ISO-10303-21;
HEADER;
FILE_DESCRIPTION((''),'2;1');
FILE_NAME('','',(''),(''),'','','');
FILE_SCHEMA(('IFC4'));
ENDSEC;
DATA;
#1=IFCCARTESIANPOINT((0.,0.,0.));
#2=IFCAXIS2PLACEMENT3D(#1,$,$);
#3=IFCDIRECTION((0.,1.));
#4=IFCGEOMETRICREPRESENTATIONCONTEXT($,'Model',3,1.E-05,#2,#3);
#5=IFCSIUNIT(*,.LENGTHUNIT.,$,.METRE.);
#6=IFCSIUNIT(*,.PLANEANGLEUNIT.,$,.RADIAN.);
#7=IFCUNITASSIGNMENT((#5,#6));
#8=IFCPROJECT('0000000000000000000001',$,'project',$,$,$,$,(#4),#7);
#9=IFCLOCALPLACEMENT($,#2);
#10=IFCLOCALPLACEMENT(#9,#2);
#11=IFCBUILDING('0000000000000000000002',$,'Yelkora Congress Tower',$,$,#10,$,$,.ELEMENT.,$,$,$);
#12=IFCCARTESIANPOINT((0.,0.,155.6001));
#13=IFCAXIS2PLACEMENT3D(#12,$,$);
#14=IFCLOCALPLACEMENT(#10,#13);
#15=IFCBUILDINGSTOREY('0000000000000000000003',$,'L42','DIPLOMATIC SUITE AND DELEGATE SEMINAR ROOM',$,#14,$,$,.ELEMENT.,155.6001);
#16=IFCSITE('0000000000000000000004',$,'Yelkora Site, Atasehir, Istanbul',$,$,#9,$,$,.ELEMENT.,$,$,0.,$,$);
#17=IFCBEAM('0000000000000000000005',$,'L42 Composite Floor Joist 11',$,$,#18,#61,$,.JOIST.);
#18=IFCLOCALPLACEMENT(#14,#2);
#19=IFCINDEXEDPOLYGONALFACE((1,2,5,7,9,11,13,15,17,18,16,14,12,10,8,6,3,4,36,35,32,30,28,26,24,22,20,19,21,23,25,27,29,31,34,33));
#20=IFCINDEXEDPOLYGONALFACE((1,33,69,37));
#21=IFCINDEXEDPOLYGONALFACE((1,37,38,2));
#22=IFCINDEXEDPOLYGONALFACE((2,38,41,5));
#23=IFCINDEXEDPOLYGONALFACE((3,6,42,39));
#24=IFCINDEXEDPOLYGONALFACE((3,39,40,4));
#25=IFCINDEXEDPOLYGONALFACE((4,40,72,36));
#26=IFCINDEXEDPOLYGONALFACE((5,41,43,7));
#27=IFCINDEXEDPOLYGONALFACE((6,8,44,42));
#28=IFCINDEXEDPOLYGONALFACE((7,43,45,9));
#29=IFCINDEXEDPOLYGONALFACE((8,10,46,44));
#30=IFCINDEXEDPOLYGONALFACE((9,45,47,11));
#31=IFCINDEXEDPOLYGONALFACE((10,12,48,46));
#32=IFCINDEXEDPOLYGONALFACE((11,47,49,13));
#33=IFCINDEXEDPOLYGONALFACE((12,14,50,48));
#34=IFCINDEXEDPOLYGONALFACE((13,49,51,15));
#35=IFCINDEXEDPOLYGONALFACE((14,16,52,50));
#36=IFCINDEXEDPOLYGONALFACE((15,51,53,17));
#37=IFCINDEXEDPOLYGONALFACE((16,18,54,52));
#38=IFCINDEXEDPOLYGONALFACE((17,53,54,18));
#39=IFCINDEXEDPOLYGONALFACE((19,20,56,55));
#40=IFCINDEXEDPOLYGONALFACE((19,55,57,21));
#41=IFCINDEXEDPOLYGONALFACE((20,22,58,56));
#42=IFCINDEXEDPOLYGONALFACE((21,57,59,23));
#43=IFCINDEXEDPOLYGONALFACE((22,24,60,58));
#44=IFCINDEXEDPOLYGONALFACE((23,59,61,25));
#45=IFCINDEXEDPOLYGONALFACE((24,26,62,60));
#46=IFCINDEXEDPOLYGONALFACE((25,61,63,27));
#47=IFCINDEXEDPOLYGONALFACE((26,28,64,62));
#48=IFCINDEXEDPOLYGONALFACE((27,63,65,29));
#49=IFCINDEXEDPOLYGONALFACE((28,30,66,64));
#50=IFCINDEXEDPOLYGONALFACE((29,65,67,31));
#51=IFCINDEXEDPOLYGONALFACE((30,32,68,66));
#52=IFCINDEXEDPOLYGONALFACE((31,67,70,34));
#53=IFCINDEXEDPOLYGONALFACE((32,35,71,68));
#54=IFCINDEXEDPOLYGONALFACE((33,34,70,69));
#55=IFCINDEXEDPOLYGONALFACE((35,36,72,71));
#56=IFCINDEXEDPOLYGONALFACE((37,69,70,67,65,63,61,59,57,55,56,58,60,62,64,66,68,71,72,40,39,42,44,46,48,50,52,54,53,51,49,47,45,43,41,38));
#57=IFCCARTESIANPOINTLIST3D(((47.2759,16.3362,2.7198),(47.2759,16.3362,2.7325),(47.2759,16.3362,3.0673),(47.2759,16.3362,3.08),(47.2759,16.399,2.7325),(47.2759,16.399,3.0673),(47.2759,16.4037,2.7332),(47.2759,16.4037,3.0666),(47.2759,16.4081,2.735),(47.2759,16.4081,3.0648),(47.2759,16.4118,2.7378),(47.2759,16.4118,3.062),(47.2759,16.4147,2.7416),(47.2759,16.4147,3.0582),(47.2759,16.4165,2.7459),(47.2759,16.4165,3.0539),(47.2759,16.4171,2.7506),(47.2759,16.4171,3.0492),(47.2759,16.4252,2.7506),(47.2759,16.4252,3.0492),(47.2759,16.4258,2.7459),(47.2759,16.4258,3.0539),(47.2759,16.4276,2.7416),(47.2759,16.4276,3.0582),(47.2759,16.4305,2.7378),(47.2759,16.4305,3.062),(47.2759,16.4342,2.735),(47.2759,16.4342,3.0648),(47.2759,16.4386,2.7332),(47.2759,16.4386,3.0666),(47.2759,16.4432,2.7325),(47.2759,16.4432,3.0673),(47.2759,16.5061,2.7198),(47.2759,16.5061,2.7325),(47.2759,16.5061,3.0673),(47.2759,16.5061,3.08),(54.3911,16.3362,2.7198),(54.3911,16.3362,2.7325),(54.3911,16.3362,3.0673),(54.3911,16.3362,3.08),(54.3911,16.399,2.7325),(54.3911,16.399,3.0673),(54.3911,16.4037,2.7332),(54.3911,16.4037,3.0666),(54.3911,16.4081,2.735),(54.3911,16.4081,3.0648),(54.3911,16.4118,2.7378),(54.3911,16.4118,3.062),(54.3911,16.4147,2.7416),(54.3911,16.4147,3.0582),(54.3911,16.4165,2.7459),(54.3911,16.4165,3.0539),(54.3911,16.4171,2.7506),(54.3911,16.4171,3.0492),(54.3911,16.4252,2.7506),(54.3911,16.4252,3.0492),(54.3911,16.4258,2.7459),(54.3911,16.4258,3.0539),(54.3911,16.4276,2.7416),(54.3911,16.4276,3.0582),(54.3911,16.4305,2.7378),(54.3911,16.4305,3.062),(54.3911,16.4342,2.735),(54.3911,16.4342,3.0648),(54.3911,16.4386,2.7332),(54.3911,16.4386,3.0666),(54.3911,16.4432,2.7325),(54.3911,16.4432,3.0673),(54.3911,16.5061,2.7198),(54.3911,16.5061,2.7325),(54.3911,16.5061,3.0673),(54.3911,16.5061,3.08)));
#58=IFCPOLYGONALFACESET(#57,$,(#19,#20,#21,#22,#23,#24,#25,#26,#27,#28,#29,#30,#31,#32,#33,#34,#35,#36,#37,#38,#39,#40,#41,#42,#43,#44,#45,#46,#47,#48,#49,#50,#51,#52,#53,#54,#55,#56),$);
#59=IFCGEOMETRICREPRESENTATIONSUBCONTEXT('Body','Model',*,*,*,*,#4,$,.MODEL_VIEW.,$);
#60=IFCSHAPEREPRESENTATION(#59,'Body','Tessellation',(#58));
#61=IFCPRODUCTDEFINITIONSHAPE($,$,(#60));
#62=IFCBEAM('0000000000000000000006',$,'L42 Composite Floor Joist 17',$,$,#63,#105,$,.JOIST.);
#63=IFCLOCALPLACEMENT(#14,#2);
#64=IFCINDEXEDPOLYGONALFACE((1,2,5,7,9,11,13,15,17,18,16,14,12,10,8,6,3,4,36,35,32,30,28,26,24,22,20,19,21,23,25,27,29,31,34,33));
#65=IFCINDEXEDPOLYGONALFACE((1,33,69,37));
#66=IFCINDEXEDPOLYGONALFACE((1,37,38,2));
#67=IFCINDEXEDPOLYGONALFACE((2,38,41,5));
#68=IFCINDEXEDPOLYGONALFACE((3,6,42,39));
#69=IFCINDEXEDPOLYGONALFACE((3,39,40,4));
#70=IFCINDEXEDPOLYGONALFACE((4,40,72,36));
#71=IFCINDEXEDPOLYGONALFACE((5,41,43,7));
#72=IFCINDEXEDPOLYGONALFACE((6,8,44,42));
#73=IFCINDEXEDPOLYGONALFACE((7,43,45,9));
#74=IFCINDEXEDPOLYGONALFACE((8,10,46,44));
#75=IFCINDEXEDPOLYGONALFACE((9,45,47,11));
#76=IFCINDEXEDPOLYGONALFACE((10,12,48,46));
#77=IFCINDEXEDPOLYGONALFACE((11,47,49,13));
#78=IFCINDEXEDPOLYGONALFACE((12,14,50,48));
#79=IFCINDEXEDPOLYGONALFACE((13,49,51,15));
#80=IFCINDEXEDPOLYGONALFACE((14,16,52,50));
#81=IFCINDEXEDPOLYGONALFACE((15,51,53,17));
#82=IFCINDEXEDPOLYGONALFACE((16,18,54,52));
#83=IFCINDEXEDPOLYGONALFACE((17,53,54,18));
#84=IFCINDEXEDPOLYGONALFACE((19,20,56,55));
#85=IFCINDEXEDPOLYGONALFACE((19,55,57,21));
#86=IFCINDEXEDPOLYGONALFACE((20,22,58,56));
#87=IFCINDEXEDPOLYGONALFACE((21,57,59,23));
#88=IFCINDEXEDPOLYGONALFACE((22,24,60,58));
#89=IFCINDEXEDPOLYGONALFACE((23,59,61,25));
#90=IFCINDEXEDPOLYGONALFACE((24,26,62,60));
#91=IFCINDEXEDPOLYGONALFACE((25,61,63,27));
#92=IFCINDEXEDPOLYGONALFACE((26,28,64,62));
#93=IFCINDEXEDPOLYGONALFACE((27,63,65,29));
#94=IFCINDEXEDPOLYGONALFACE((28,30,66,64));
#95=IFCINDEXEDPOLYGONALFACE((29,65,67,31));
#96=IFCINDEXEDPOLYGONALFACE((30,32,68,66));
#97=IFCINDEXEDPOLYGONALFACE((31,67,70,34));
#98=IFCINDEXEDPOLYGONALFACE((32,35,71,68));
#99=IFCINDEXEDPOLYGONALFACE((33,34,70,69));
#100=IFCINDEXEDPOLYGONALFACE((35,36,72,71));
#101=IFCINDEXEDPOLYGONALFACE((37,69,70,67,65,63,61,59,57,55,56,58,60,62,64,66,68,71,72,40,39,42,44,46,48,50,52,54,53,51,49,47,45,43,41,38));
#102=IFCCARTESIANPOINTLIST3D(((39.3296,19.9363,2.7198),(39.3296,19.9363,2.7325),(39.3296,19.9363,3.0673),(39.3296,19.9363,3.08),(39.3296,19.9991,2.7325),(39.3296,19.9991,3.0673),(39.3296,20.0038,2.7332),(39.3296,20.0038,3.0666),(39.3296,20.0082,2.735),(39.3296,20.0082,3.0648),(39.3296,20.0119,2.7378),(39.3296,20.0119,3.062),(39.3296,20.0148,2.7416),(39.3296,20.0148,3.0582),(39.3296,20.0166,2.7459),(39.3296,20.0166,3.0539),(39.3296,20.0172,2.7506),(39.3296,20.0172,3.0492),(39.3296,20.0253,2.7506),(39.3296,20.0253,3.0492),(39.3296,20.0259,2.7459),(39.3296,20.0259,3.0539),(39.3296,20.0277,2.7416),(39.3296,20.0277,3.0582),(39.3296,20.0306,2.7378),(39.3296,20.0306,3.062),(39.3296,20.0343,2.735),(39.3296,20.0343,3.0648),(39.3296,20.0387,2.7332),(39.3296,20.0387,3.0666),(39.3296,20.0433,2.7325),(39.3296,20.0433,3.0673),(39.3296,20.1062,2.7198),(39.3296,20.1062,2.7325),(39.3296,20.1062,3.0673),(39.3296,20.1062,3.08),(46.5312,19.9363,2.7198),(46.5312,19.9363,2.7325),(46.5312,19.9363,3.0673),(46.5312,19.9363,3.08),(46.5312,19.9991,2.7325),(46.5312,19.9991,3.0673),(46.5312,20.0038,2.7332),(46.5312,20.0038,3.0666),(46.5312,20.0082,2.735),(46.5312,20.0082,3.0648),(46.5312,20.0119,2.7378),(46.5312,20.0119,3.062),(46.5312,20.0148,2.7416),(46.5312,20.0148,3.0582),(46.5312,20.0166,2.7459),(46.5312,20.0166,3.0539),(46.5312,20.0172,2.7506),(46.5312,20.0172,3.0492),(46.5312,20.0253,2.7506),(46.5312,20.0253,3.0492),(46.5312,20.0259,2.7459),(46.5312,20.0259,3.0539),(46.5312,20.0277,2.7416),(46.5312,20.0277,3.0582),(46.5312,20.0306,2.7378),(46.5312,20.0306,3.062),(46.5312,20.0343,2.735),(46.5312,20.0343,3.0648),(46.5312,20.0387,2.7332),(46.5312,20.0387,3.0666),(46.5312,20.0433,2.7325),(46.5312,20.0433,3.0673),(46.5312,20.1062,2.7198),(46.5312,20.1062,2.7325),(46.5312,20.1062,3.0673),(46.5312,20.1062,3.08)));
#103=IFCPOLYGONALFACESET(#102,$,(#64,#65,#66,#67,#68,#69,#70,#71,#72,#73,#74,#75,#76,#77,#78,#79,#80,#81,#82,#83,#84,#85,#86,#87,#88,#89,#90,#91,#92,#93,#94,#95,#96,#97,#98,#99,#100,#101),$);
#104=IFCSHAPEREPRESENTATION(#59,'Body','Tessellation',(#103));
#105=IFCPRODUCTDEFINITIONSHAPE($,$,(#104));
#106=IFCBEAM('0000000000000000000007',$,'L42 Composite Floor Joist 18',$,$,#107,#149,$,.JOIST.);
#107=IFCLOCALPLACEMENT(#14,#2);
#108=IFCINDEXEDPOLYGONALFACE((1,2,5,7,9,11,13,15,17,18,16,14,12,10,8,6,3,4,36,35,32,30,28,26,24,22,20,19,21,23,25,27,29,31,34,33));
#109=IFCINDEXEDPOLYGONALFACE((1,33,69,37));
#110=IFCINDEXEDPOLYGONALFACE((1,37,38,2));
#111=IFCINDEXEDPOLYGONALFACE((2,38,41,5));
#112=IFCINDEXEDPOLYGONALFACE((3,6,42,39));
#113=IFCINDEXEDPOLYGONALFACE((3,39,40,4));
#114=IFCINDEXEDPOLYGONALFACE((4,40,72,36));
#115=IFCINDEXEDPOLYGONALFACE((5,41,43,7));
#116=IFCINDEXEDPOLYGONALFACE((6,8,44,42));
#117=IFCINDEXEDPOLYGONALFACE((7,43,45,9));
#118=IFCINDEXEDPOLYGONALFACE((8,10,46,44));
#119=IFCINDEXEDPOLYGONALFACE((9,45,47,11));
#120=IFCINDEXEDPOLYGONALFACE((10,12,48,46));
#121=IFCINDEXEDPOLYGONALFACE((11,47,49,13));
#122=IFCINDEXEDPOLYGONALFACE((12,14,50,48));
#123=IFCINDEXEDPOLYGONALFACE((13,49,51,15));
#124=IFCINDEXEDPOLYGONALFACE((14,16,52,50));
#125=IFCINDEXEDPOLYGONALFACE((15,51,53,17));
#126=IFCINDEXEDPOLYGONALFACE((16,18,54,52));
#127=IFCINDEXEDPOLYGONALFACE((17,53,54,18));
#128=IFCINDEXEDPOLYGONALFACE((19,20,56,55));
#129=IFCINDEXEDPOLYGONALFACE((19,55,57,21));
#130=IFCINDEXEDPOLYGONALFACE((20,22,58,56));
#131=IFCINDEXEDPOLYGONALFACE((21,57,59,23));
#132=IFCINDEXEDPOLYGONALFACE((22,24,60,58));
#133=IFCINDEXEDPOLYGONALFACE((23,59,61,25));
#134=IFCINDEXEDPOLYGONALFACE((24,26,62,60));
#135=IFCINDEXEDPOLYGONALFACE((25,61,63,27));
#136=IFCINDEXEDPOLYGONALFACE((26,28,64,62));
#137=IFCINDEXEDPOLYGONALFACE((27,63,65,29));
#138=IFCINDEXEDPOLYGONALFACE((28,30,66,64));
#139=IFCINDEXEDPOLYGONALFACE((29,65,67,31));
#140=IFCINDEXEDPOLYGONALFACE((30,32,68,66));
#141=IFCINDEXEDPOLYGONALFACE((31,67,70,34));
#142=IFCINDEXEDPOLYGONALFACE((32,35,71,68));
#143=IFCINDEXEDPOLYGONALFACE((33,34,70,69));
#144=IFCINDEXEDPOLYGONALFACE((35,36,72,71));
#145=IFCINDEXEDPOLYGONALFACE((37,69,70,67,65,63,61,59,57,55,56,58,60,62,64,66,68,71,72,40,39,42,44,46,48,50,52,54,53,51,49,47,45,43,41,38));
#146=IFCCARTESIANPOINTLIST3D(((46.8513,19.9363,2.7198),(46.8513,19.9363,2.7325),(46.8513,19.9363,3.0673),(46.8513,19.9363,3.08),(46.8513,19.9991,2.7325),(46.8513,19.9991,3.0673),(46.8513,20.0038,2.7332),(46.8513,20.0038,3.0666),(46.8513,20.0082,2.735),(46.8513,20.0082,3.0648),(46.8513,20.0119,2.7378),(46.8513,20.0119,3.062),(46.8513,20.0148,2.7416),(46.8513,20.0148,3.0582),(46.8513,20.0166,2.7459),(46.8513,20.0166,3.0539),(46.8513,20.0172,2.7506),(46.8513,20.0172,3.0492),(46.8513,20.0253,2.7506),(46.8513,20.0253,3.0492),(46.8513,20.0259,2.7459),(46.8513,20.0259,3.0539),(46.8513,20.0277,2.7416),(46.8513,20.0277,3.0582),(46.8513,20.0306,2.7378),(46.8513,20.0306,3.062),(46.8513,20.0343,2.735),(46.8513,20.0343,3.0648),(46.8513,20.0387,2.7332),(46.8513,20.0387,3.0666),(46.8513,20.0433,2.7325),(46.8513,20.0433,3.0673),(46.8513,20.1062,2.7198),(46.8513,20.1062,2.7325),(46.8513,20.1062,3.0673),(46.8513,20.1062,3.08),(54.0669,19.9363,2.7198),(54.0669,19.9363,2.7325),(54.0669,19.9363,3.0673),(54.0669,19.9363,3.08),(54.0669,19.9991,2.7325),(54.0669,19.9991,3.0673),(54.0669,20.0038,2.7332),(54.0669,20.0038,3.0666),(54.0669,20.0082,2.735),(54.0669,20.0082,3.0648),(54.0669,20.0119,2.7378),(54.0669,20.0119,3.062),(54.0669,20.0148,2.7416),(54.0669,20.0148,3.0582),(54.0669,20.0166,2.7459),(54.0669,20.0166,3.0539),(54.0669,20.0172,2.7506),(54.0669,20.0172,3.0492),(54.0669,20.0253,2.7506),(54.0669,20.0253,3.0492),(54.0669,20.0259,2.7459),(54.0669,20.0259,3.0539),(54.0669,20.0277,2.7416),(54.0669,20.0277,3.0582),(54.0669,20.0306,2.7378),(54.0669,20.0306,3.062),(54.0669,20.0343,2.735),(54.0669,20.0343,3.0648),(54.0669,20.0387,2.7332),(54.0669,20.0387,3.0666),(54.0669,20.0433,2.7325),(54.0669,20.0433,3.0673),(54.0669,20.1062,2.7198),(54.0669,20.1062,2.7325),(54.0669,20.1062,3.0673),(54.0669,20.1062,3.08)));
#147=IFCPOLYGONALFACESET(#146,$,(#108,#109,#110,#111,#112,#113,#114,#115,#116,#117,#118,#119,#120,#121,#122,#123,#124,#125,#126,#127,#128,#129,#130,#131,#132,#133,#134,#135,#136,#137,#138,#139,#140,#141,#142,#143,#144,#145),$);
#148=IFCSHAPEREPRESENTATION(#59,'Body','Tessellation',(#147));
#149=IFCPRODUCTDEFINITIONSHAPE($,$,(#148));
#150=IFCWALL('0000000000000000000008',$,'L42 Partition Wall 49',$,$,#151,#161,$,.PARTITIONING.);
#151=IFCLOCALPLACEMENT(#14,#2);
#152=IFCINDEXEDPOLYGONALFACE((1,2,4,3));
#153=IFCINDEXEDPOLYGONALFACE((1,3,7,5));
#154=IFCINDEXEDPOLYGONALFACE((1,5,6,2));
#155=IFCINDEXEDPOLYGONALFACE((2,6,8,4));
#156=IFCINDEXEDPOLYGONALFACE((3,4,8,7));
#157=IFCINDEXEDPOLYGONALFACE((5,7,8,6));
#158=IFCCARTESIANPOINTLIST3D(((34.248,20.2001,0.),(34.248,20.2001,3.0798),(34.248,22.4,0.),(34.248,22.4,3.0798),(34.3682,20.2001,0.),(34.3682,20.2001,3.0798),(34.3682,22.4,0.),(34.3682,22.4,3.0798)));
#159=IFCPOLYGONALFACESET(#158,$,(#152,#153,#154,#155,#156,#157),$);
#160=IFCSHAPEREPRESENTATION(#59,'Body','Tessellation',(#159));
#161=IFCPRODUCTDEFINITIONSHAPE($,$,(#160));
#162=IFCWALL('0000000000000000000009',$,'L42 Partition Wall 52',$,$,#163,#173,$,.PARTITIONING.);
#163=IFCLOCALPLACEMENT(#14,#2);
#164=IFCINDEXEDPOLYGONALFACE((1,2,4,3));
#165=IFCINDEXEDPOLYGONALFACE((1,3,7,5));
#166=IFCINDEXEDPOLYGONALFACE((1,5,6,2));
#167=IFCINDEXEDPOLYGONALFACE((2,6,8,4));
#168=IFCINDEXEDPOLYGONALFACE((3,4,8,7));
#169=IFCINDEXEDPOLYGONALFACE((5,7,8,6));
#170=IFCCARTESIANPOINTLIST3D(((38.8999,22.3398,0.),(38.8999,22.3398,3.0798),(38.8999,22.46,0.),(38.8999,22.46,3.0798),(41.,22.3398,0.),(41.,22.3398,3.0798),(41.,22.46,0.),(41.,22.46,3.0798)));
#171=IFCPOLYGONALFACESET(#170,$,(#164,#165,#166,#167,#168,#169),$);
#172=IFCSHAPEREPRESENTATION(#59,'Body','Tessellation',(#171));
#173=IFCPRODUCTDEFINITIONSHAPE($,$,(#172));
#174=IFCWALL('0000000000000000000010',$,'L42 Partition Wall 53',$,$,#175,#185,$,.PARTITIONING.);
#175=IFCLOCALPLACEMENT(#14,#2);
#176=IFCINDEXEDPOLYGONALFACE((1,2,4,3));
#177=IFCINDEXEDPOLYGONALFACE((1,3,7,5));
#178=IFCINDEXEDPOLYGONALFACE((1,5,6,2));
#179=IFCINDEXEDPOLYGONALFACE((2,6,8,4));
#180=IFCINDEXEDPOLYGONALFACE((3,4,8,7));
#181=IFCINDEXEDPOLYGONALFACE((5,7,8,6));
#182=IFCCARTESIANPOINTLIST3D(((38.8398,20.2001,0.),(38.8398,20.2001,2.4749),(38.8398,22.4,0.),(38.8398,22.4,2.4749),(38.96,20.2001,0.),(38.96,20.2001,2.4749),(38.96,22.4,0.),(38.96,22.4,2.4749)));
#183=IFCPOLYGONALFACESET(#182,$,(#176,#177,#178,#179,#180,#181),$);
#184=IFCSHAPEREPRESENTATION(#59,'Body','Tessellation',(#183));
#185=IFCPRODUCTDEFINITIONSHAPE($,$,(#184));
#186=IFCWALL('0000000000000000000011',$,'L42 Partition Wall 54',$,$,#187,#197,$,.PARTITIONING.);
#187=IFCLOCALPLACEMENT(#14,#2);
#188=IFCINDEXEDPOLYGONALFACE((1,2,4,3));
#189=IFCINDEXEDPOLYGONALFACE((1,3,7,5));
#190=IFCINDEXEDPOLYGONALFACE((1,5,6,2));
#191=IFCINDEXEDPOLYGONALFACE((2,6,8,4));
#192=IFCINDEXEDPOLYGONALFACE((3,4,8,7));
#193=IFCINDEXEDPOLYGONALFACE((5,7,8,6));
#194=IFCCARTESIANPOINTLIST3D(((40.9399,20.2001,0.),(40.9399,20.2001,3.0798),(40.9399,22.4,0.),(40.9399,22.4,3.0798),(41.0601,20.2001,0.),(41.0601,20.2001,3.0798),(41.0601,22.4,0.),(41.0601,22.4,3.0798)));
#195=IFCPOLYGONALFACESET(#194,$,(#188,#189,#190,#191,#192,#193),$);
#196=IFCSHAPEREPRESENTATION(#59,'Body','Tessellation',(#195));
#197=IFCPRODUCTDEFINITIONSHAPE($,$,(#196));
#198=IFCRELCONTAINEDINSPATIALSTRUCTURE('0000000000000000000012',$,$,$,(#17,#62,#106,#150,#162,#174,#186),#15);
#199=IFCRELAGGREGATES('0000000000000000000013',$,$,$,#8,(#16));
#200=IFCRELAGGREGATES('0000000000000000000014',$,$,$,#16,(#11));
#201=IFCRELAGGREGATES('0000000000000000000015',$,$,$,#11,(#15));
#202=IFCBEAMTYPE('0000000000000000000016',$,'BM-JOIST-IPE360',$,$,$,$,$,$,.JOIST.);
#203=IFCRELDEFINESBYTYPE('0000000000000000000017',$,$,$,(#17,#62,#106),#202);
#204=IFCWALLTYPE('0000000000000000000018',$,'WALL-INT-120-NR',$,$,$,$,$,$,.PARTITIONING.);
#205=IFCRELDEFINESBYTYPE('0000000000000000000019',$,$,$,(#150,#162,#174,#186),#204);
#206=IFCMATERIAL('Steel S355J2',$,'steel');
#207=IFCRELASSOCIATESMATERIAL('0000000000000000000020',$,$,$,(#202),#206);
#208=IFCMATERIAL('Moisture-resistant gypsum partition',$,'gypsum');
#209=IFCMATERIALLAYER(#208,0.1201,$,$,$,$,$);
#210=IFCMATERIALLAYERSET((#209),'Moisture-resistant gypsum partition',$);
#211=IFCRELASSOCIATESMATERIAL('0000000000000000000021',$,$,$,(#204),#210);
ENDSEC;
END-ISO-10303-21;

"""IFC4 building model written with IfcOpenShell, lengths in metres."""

from ifc_helpers import new_model, si_unit, direction, frame, frame_2d, origin, origin_2d, place, context, subcontext, project, spatial, rectangle, i_section, extrude, material, layer, layer_set, material_profile, profile_set, type_object, element, save


model = new_model("IFC4")

# Units and contexts
model_context = context("Model", 3, precision=1e-05, world=origin(), true_north=direction((0.0, 1.0)))
body_context = subcontext(model_context, "Body", "Model", "MODEL_VIEW")
ifc_project = project(units=[si_unit("LENGTHUNIT", "METRE"), si_unit("PLANEANGLEUNIT", "RADIAN")], contexts=[model_context])

# Site, building, storey
site_placement = place(None, origin())
site = spatial("IfcSite", under=ifc_project, at=site_placement, Name="Yelkora Site, Atasehir, Istanbul", CompositionType="ELEMENT", RefElevation=0.0)
building_placement = place(site_placement, origin())
building = spatial("IfcBuilding", under=site, at=building_placement, Name="Yelkora Congress Tower", CompositionType="ELEMENT")
storey_placement = place(building_placement, frame((0.0, 0.0, 155.6001)))
storey = spatial("IfcBuildingStorey", under=building, at=storey_placement, Name="L42", Description="DIPLOMATIC SUITE AND DELEGATE SEMINAR ROOM", CompositionType="ELEMENT", Elevation=155.6001)

# Beams
ifc_material_1 = material(Name="Steel S355J2", Category="steel")
ifc_material_profile_1 = material_profile(ifc_material_1, i_section(OverallWidth=0.1699, OverallDepth=0.3601, WebThickness=0.0081, FlangeThickness=0.0127, FilletRadius=0.0181, at=origin_2d()), Name="IPE 360")
ifc_profile_set_1 = profile_set([ifc_material_profile_1], Name="Steel S355J2")
beam_type_1 = type_object("IfcBeamType", Name="BM-JOIST-IPE360", PredefinedType="JOIST", material=ifc_profile_set_1)
beam_1_placement = place(storey_placement, frame((47.2759, 16.4211, 2.8999), z_axis=(1.0, 0.0, 0.0), x_axis=(0.0, 1.0, 0.0)))
element("IfcBeam", 1, at=beam_1_placement, inside=storey, type_object=beam_type_1, Name="L42 Composite Floor Joist 11", PredefinedType="JOIST", context=body_context, shape_type="SweptSolid", body=[
    extrude(i_section(OverallWidth=0.1699, OverallDepth=0.3601, WebThickness=0.0081, FlangeThickness=0.0127, FilletRadius=0.0181, at=origin_2d()), origin(), (0.0, 0.0, 1.0), 7.1152),
])
beam_2_placement = place(storey_placement, frame((39.3296, 20.0212, 2.8999), z_axis=(1.0, 0.0, 0.0), x_axis=(0.0, 1.0, 0.0)))
element("IfcBeam", 2, at=beam_2_placement, inside=storey, type_object=beam_type_1, Name="L42 Composite Floor Joist 17", PredefinedType="JOIST", context=body_context, shape_type="SweptSolid", body=[
    extrude(i_section(OverallWidth=0.1699, OverallDepth=0.3601, WebThickness=0.0081, FlangeThickness=0.0127, FilletRadius=0.0181, at=origin_2d()), origin(), (0.0, 0.0, 1.0), 7.2017),
])
beam_3_placement = place(storey_placement, frame((46.8513, 20.0212, 2.8999), z_axis=(1.0, 0.0, 0.0), x_axis=(0.0, 1.0, 0.0)))
element("IfcBeam", 3, at=beam_3_placement, inside=storey, type_object=beam_type_1, Name="L42 Composite Floor Joist 18", PredefinedType="JOIST", context=body_context, shape_type="SweptSolid", body=[
    extrude(i_section(OverallWidth=0.1699, OverallDepth=0.3601, WebThickness=0.0081, FlangeThickness=0.0127, FilletRadius=0.0181, at=origin_2d()), origin(), (0.0, 0.0, 1.0), 7.2156),
])

# Walls
ifc_material_2 = material(Name="Moisture-resistant gypsum partition", Category="gypsum")
ifc_layer_1 = layer(ifc_material_2, 0.1201)
ifc_layer_set_1 = layer_set([ifc_layer_1], Name="Moisture-resistant gypsum partition")
wall_type_1 = type_object("IfcWallType", Name="WALL-INT-120-NR", PredefinedType="PARTITIONING", material=ifc_layer_set_1)
wall_1_placement = place(storey_placement, frame((34.3081, 20.2, 0.0), z_axis=(0.0, 0.0, 1.0), x_axis=(0.0, 1.0, 0.0)))
element("IfcWall", 4, at=wall_1_placement, inside=storey, type_object=wall_type_1, Name="L42 Partition Wall 49", PredefinedType="PARTITIONING", context=body_context, shape_type="SweptSolid", body=[
    extrude(rectangle(XDim=2.2, YDim=0.1201, at=frame_2d((1.1001, 0.0))), origin(), (0.0, 0.0, 1.0), 3.0798),
])
wall_2_placement = place(storey_placement, frame((38.8999, 22.3999, 0.0), z_axis=(0.0, 0.0, 1.0), x_axis=(1.0, 0.0, 0.0)))
element("IfcWall", 5, at=wall_2_placement, inside=storey, type_object=wall_type_1, Name="L42 Partition Wall 52", PredefinedType="PARTITIONING", context=body_context, shape_type="SweptSolid", body=[
    extrude(rectangle(XDim=2.1001, YDim=0.1201, at=frame_2d((1.05, 0.0))), origin(), (0.0, 0.0, 1.0), 3.0798),
])
wall_3_placement = place(storey_placement, frame((38.8999, 20.2, 0.0), z_axis=(0.0, 0.0, 1.0), x_axis=(0.0, 1.0, 0.0)))
element("IfcWall", 6, at=wall_3_placement, inside=storey, type_object=wall_type_1, Name="L42 Partition Wall 53", PredefinedType="PARTITIONING", context=body_context, shape_type="SweptSolid", body=[
    extrude(rectangle(XDim=2.2, YDim=0.1201, at=frame_2d((1.1001, 0.0))), origin(), (0.0, 0.0, 1.0), 2.4749),
])
wall_4_placement = place(storey_placement, frame((41.0, 20.2, 0.0), z_axis=(0.0, 0.0, 1.0), x_axis=(0.0, 1.0, 0.0)))
element("IfcWall", 7, at=wall_4_placement, inside=storey, type_object=wall_type_1, Name="L42 Partition Wall 54", PredefinedType="PARTITIONING", context=body_context, shape_type="SweptSolid", body=[
    extrude(rectangle(XDim=2.2, YDim=0.1201, at=frame_2d((1.1001, 0.0))), origin(), (0.0, 0.0, 1.0), 3.0798),
])

save(model, "model.ifc")
